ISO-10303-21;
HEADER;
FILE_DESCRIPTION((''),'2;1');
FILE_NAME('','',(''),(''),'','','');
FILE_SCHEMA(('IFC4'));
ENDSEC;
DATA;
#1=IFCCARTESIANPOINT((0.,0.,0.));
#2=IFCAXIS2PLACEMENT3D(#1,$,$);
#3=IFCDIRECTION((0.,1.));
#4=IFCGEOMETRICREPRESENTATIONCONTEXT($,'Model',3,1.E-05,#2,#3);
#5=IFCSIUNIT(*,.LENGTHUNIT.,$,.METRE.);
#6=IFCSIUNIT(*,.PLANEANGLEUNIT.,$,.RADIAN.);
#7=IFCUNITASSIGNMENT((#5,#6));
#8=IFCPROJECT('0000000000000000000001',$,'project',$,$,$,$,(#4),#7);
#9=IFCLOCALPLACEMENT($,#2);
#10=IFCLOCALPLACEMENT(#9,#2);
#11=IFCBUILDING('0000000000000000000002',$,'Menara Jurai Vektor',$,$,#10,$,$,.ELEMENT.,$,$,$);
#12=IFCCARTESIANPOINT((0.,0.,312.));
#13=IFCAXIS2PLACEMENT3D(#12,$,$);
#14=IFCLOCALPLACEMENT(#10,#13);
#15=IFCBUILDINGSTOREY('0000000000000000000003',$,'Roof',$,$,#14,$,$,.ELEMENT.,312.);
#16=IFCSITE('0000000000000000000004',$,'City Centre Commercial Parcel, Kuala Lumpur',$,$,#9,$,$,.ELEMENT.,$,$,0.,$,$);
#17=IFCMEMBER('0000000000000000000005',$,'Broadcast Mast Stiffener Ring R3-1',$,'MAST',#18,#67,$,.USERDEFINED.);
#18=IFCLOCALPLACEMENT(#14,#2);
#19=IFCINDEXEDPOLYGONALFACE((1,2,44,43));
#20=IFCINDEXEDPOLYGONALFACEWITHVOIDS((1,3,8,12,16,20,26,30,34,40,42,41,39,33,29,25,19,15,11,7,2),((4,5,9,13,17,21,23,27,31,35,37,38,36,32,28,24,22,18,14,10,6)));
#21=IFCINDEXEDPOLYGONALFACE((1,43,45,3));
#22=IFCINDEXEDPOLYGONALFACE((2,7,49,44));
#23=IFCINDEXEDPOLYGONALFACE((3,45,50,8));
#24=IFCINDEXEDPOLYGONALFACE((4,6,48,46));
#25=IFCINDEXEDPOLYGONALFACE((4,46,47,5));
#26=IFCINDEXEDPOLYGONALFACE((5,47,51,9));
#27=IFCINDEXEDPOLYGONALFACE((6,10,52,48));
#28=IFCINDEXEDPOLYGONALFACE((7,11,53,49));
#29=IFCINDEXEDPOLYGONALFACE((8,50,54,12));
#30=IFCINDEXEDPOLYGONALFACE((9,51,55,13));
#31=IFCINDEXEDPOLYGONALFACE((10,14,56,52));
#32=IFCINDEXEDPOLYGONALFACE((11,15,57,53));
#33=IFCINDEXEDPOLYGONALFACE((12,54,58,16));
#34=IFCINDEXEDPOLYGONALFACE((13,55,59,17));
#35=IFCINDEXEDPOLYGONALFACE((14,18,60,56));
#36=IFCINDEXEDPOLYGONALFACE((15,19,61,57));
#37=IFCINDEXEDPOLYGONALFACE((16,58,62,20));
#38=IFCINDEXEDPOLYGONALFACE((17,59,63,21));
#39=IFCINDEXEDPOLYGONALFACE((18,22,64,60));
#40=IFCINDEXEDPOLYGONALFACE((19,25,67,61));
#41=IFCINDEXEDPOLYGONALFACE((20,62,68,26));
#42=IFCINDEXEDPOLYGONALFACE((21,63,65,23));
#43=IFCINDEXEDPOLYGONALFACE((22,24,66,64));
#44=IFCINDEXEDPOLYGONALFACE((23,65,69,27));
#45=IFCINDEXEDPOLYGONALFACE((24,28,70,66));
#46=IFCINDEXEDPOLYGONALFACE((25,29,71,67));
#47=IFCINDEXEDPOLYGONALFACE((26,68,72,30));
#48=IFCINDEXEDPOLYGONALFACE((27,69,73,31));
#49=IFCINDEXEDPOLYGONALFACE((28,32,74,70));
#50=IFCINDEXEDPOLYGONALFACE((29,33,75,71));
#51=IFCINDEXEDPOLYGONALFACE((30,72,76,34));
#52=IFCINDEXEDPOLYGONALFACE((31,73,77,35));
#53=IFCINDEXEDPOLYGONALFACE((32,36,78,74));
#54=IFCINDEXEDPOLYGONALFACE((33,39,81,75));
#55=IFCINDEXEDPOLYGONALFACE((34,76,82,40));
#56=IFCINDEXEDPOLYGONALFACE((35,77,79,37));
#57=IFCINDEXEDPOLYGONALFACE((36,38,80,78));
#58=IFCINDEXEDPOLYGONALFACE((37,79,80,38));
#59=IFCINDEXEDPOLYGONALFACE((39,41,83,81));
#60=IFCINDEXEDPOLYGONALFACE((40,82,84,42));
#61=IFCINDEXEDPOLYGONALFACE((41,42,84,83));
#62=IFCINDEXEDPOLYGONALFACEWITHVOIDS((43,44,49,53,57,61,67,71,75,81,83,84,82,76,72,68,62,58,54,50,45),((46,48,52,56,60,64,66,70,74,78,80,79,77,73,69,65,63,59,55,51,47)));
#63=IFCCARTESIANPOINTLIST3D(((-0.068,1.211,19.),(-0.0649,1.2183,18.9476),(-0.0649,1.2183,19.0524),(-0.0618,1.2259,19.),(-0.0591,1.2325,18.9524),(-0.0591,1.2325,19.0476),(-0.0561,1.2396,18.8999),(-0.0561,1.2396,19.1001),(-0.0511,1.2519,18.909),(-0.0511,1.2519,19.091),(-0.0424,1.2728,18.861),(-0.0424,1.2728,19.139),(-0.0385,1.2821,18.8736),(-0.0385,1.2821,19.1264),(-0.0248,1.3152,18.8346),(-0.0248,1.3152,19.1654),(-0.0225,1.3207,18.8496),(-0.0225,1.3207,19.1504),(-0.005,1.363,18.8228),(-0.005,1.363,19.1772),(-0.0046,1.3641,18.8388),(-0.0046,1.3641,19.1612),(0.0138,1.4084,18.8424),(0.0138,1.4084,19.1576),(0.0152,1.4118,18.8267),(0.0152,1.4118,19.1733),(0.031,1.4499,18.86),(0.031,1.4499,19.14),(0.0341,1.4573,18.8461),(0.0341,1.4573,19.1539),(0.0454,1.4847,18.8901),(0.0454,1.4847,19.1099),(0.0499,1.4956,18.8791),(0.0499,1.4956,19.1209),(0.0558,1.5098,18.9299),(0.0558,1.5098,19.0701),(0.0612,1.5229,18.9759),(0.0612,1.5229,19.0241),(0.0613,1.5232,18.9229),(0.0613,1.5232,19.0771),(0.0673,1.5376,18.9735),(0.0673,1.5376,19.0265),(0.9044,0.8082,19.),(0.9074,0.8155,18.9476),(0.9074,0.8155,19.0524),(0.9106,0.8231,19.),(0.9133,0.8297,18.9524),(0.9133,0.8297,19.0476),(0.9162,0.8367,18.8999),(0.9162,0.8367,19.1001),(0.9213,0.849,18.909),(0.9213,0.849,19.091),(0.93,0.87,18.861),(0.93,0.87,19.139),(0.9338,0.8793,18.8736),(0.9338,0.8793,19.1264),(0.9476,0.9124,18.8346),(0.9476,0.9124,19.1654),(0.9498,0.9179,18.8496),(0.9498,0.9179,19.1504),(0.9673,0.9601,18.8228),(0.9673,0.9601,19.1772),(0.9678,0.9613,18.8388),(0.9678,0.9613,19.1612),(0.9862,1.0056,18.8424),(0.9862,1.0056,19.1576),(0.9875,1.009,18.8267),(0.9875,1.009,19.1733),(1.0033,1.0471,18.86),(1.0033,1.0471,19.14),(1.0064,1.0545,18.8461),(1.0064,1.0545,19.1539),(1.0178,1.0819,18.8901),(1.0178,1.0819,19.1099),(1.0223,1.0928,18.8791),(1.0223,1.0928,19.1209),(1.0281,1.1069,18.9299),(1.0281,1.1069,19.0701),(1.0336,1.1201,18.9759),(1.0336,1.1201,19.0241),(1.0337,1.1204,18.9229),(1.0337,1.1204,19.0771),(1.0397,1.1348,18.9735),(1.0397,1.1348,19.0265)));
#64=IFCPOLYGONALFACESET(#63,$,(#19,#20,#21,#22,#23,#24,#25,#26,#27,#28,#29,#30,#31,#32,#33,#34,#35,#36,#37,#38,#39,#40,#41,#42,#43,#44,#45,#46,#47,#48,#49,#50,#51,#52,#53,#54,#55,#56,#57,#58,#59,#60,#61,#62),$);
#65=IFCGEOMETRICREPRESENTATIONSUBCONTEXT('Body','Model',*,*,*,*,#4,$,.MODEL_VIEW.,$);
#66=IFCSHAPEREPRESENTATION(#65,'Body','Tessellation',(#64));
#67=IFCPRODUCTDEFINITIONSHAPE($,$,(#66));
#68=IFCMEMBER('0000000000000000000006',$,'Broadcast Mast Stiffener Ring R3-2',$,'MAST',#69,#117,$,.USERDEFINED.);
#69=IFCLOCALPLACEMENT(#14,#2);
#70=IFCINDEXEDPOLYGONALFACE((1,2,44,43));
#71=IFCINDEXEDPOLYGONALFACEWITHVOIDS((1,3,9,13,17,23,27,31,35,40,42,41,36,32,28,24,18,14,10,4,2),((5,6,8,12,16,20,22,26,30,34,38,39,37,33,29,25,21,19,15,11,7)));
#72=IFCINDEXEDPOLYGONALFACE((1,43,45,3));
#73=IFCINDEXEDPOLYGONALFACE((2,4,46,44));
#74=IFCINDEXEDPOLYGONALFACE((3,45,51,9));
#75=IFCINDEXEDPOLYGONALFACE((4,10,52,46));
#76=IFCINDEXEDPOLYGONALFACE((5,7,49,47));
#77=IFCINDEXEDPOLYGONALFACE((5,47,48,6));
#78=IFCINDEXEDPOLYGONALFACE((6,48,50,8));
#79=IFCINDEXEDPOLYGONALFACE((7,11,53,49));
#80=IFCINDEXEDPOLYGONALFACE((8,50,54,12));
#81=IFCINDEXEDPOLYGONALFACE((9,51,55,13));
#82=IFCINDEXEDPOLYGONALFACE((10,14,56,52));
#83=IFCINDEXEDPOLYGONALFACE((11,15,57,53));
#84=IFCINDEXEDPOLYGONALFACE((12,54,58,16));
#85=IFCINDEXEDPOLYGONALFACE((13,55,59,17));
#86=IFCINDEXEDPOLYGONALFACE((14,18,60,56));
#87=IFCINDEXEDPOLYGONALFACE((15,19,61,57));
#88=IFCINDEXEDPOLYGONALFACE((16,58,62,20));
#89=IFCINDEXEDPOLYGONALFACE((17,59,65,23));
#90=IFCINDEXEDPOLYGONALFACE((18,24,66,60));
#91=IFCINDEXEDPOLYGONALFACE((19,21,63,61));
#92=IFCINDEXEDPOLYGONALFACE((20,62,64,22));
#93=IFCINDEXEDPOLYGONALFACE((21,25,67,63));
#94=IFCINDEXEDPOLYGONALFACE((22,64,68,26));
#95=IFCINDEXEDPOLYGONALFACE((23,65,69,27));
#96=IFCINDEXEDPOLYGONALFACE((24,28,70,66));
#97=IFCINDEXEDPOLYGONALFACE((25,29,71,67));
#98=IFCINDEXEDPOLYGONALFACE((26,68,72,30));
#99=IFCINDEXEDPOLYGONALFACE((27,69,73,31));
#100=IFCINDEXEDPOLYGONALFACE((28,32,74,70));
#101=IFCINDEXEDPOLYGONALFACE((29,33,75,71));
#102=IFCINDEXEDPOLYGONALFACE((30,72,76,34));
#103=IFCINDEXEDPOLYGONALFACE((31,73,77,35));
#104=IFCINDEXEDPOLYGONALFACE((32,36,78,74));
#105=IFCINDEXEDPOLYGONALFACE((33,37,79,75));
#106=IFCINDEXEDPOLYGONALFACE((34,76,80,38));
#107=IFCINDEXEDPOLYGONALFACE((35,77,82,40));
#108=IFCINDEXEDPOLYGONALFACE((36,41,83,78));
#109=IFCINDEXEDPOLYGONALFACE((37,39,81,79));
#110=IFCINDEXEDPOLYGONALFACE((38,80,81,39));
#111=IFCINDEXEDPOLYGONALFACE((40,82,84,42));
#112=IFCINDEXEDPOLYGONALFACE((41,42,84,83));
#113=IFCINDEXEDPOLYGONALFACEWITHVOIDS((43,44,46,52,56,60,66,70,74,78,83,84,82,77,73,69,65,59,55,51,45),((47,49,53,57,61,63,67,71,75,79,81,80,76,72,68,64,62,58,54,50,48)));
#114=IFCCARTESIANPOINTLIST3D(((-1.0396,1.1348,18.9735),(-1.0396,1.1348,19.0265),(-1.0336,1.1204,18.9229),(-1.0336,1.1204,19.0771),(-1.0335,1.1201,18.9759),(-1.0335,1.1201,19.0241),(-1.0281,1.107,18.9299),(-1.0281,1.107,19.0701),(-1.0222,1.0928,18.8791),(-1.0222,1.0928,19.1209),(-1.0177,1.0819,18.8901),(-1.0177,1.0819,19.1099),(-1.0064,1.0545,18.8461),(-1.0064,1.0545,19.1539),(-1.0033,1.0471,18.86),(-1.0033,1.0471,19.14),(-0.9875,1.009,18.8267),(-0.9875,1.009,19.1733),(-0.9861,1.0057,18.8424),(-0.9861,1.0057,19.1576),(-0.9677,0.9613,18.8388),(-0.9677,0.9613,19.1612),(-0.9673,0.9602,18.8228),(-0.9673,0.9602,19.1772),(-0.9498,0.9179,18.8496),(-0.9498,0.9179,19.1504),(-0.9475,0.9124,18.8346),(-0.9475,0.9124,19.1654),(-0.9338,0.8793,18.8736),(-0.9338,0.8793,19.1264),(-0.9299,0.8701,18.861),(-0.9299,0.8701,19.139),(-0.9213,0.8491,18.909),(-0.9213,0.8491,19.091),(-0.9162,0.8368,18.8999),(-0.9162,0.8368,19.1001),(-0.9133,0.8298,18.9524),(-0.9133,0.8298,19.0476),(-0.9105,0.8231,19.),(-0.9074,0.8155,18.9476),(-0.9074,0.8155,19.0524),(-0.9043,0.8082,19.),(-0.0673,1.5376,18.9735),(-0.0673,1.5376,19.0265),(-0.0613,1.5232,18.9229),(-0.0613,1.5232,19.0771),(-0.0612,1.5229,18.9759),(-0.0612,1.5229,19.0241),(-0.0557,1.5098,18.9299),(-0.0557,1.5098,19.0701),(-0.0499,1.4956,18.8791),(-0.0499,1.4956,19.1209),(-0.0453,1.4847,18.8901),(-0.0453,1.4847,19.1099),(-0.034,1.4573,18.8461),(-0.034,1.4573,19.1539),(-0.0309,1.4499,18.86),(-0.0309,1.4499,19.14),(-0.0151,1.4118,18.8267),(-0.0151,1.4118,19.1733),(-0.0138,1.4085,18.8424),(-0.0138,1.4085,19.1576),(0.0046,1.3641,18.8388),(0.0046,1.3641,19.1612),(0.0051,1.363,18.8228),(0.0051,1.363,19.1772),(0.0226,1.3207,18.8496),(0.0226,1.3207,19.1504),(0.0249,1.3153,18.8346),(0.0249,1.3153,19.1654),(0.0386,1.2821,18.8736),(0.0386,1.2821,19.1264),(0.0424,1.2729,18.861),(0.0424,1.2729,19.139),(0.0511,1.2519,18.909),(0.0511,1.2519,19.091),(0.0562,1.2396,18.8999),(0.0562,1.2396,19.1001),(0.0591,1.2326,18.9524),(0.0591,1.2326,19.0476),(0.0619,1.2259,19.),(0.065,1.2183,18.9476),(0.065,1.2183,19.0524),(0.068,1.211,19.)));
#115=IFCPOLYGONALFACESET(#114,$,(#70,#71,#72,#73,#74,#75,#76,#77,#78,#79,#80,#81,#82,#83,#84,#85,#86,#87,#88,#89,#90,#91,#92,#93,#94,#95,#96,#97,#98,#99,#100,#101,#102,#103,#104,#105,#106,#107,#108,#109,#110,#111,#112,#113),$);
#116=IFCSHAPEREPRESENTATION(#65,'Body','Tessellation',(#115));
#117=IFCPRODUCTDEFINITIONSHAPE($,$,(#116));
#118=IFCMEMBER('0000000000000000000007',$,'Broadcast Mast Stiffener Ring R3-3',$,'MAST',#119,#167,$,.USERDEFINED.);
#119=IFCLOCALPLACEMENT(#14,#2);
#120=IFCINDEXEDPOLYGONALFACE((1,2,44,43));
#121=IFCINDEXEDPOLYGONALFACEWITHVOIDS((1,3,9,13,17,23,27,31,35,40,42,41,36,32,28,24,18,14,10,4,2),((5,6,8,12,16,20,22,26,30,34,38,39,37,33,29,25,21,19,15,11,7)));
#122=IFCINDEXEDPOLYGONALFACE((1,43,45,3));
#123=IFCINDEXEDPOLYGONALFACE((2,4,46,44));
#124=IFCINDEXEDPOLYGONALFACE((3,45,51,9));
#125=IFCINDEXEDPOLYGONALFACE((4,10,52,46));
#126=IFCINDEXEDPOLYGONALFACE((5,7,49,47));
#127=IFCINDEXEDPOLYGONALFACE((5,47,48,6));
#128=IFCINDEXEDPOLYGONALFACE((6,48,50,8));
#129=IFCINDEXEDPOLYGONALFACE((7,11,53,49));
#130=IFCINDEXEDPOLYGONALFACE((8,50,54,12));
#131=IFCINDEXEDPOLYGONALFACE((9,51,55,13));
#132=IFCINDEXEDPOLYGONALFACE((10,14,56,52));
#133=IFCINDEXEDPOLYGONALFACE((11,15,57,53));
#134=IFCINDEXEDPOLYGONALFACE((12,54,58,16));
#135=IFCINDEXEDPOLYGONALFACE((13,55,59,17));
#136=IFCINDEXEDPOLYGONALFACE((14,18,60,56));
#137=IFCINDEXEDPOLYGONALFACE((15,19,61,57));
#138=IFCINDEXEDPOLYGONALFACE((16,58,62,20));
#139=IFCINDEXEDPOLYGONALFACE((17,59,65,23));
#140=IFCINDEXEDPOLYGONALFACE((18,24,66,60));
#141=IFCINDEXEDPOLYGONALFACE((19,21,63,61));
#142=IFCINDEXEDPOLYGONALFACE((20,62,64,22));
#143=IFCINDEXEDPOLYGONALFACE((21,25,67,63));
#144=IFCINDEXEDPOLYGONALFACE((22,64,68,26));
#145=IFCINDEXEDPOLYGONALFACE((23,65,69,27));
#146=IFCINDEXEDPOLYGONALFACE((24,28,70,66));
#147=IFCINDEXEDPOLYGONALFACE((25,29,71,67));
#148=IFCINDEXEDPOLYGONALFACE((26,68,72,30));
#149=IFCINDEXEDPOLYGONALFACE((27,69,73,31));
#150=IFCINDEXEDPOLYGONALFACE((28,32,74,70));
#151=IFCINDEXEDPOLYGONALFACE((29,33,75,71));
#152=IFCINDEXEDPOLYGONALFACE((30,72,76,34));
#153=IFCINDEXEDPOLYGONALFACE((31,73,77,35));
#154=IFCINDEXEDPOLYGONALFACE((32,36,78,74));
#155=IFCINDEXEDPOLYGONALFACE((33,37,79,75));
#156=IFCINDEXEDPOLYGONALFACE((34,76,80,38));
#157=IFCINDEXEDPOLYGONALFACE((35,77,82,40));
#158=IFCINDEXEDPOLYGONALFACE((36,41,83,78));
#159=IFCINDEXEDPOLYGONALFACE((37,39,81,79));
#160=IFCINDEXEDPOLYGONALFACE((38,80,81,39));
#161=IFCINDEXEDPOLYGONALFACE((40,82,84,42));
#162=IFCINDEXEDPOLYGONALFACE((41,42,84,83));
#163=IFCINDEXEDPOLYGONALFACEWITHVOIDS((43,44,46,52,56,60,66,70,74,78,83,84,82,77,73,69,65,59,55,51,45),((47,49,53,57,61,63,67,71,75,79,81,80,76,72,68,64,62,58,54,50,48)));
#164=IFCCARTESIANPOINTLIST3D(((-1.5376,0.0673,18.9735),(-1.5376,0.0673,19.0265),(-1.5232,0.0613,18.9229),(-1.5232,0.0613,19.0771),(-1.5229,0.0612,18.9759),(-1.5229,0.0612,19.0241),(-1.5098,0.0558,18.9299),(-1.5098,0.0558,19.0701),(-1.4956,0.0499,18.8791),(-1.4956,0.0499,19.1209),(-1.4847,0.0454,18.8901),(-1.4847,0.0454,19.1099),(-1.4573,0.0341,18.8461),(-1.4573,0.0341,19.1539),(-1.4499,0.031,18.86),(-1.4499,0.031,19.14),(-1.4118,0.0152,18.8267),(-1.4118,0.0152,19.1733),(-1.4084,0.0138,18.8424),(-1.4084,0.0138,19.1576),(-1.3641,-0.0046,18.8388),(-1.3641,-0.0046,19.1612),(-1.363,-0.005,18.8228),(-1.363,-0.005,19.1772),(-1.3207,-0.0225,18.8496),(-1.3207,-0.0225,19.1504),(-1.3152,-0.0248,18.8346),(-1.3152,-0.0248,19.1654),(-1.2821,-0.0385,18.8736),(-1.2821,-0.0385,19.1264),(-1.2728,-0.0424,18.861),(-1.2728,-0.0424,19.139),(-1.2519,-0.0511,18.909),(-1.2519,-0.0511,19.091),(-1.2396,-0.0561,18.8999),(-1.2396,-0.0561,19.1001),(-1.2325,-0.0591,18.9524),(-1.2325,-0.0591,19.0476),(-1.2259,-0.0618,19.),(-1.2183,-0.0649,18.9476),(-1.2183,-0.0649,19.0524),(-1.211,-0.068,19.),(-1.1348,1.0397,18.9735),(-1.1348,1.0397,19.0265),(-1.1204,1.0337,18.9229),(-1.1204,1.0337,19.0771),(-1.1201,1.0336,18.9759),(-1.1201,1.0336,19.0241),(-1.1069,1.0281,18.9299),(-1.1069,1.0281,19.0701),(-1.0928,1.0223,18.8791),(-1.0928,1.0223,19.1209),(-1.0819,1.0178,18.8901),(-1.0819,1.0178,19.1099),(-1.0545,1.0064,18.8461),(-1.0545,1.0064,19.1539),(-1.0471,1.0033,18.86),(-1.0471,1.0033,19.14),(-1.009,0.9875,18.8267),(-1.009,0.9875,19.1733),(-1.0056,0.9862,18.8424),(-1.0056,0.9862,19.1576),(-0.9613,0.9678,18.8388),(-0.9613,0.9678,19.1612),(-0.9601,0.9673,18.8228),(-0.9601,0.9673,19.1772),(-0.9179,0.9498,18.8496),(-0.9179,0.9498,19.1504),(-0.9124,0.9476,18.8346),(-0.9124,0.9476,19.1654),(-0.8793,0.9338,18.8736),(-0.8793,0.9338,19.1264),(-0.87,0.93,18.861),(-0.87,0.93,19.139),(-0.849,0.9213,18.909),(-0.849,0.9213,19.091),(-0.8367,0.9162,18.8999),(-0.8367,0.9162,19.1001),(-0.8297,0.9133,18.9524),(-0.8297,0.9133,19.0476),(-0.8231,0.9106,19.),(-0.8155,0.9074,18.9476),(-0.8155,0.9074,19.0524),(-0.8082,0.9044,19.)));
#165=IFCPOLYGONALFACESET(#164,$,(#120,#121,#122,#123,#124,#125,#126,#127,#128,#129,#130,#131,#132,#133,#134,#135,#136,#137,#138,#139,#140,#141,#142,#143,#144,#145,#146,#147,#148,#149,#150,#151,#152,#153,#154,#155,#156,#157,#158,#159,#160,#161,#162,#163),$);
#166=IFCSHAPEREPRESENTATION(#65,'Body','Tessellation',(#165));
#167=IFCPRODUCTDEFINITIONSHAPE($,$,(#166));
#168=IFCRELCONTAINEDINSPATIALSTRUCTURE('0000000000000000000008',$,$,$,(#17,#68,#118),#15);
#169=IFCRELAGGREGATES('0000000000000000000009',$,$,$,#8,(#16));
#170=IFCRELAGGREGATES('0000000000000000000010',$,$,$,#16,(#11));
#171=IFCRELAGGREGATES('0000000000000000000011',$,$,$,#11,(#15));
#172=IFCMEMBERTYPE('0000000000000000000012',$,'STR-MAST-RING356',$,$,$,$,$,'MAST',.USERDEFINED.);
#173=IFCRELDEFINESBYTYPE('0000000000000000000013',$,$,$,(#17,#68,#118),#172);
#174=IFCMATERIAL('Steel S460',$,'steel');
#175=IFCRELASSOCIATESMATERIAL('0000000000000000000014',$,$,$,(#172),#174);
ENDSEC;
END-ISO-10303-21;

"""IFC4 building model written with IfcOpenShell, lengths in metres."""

from ifc_helpers import new_model, si_unit, direction, frame, origin, origin_2d, place, context, subcontext, project, spatial, hollow_circle, extrude, material, material_profile, profile_set, type_object, element, save


model = new_model("IFC4")

# Units and contexts
model_context = context("Model", 3, precision=1e-05, world=origin(), true_north=direction((0.0, 1.0)))
body_context = subcontext(model_context, "Body", "Model", "MODEL_VIEW")
ifc_project = project(units=[si_unit("LENGTHUNIT", "METRE"), si_unit("PLANEANGLEUNIT", "RADIAN")], contexts=[model_context])

# Site, building, storey
site_placement = place(None, origin())
site = spatial("IfcSite", under=ifc_project, at=site_placement, Name="City Centre Commercial Parcel, Kuala Lumpur", CompositionType="ELEMENT", RefElevation=0.0)
building_placement = place(site_placement, origin())
building = spatial("IfcBuilding", under=site, at=building_placement, Name="Menara Jurai Vektor", CompositionType="ELEMENT")
storey_placement = place(building_placement, frame((0.0, 0.0, 312.0)))
storey = spatial("IfcBuildingStorey", under=building, at=storey_placement, Name="Roof", CompositionType="ELEMENT", Elevation=312.0)

# Members
ifc_material = material(Name="Steel S460", Category="steel")
ifc_material_profile_1 = material_profile(ifc_material, hollow_circle(Radius=0.1777, WallThickness=0.0161, at=origin_2d()), Name="CHS 355.6x16")
ifc_profile_set_1 = profile_set([ifc_material_profile_1], Name="Steel S460")
member_type_1 = type_object("IfcMemberType", Name="STR-MAST-RING356", ElementType="MAST", PredefinedType="USERDEFINED", material=ifc_profile_set_1)
for number, where, z_axis, x_axis, name in (
    (1, (0.9724, 0.9724, 19.0), (-0.923864, 0.382721, 0.0), (-0.382721, -0.923864, 0.0), "Broadcast Mast Stiffener Ring R3-1"),
    (2, (0.0, 1.3752, 19.0), (-0.923864, -0.382721, 0.0), (0.382721, -0.923864, 0.0), "Broadcast Mast Stiffener Ring R3-2"),
    (3, (-0.9724, 0.9724, 19.0), (-0.382721, -0.923864, 0.0), (0.923864, -0.382721, 0.0), "Broadcast Mast Stiffener Ring R3-3"),
):
    element("IfcMember", number, at=place(storey_placement, frame(where, z_axis=z_axis, x_axis=x_axis)), inside=storey, type_object=member_type_1, Name=name, ObjectType="MAST", PredefinedType="USERDEFINED", context=body_context, shape_type="SweptSolid", body=[
        extrude(hollow_circle(Radius=0.1777, WallThickness=0.0161, at=origin_2d()), origin(), (0.0, 0.0, 1.0), 1.0525),
    ])

save(model, "model.ifc")
